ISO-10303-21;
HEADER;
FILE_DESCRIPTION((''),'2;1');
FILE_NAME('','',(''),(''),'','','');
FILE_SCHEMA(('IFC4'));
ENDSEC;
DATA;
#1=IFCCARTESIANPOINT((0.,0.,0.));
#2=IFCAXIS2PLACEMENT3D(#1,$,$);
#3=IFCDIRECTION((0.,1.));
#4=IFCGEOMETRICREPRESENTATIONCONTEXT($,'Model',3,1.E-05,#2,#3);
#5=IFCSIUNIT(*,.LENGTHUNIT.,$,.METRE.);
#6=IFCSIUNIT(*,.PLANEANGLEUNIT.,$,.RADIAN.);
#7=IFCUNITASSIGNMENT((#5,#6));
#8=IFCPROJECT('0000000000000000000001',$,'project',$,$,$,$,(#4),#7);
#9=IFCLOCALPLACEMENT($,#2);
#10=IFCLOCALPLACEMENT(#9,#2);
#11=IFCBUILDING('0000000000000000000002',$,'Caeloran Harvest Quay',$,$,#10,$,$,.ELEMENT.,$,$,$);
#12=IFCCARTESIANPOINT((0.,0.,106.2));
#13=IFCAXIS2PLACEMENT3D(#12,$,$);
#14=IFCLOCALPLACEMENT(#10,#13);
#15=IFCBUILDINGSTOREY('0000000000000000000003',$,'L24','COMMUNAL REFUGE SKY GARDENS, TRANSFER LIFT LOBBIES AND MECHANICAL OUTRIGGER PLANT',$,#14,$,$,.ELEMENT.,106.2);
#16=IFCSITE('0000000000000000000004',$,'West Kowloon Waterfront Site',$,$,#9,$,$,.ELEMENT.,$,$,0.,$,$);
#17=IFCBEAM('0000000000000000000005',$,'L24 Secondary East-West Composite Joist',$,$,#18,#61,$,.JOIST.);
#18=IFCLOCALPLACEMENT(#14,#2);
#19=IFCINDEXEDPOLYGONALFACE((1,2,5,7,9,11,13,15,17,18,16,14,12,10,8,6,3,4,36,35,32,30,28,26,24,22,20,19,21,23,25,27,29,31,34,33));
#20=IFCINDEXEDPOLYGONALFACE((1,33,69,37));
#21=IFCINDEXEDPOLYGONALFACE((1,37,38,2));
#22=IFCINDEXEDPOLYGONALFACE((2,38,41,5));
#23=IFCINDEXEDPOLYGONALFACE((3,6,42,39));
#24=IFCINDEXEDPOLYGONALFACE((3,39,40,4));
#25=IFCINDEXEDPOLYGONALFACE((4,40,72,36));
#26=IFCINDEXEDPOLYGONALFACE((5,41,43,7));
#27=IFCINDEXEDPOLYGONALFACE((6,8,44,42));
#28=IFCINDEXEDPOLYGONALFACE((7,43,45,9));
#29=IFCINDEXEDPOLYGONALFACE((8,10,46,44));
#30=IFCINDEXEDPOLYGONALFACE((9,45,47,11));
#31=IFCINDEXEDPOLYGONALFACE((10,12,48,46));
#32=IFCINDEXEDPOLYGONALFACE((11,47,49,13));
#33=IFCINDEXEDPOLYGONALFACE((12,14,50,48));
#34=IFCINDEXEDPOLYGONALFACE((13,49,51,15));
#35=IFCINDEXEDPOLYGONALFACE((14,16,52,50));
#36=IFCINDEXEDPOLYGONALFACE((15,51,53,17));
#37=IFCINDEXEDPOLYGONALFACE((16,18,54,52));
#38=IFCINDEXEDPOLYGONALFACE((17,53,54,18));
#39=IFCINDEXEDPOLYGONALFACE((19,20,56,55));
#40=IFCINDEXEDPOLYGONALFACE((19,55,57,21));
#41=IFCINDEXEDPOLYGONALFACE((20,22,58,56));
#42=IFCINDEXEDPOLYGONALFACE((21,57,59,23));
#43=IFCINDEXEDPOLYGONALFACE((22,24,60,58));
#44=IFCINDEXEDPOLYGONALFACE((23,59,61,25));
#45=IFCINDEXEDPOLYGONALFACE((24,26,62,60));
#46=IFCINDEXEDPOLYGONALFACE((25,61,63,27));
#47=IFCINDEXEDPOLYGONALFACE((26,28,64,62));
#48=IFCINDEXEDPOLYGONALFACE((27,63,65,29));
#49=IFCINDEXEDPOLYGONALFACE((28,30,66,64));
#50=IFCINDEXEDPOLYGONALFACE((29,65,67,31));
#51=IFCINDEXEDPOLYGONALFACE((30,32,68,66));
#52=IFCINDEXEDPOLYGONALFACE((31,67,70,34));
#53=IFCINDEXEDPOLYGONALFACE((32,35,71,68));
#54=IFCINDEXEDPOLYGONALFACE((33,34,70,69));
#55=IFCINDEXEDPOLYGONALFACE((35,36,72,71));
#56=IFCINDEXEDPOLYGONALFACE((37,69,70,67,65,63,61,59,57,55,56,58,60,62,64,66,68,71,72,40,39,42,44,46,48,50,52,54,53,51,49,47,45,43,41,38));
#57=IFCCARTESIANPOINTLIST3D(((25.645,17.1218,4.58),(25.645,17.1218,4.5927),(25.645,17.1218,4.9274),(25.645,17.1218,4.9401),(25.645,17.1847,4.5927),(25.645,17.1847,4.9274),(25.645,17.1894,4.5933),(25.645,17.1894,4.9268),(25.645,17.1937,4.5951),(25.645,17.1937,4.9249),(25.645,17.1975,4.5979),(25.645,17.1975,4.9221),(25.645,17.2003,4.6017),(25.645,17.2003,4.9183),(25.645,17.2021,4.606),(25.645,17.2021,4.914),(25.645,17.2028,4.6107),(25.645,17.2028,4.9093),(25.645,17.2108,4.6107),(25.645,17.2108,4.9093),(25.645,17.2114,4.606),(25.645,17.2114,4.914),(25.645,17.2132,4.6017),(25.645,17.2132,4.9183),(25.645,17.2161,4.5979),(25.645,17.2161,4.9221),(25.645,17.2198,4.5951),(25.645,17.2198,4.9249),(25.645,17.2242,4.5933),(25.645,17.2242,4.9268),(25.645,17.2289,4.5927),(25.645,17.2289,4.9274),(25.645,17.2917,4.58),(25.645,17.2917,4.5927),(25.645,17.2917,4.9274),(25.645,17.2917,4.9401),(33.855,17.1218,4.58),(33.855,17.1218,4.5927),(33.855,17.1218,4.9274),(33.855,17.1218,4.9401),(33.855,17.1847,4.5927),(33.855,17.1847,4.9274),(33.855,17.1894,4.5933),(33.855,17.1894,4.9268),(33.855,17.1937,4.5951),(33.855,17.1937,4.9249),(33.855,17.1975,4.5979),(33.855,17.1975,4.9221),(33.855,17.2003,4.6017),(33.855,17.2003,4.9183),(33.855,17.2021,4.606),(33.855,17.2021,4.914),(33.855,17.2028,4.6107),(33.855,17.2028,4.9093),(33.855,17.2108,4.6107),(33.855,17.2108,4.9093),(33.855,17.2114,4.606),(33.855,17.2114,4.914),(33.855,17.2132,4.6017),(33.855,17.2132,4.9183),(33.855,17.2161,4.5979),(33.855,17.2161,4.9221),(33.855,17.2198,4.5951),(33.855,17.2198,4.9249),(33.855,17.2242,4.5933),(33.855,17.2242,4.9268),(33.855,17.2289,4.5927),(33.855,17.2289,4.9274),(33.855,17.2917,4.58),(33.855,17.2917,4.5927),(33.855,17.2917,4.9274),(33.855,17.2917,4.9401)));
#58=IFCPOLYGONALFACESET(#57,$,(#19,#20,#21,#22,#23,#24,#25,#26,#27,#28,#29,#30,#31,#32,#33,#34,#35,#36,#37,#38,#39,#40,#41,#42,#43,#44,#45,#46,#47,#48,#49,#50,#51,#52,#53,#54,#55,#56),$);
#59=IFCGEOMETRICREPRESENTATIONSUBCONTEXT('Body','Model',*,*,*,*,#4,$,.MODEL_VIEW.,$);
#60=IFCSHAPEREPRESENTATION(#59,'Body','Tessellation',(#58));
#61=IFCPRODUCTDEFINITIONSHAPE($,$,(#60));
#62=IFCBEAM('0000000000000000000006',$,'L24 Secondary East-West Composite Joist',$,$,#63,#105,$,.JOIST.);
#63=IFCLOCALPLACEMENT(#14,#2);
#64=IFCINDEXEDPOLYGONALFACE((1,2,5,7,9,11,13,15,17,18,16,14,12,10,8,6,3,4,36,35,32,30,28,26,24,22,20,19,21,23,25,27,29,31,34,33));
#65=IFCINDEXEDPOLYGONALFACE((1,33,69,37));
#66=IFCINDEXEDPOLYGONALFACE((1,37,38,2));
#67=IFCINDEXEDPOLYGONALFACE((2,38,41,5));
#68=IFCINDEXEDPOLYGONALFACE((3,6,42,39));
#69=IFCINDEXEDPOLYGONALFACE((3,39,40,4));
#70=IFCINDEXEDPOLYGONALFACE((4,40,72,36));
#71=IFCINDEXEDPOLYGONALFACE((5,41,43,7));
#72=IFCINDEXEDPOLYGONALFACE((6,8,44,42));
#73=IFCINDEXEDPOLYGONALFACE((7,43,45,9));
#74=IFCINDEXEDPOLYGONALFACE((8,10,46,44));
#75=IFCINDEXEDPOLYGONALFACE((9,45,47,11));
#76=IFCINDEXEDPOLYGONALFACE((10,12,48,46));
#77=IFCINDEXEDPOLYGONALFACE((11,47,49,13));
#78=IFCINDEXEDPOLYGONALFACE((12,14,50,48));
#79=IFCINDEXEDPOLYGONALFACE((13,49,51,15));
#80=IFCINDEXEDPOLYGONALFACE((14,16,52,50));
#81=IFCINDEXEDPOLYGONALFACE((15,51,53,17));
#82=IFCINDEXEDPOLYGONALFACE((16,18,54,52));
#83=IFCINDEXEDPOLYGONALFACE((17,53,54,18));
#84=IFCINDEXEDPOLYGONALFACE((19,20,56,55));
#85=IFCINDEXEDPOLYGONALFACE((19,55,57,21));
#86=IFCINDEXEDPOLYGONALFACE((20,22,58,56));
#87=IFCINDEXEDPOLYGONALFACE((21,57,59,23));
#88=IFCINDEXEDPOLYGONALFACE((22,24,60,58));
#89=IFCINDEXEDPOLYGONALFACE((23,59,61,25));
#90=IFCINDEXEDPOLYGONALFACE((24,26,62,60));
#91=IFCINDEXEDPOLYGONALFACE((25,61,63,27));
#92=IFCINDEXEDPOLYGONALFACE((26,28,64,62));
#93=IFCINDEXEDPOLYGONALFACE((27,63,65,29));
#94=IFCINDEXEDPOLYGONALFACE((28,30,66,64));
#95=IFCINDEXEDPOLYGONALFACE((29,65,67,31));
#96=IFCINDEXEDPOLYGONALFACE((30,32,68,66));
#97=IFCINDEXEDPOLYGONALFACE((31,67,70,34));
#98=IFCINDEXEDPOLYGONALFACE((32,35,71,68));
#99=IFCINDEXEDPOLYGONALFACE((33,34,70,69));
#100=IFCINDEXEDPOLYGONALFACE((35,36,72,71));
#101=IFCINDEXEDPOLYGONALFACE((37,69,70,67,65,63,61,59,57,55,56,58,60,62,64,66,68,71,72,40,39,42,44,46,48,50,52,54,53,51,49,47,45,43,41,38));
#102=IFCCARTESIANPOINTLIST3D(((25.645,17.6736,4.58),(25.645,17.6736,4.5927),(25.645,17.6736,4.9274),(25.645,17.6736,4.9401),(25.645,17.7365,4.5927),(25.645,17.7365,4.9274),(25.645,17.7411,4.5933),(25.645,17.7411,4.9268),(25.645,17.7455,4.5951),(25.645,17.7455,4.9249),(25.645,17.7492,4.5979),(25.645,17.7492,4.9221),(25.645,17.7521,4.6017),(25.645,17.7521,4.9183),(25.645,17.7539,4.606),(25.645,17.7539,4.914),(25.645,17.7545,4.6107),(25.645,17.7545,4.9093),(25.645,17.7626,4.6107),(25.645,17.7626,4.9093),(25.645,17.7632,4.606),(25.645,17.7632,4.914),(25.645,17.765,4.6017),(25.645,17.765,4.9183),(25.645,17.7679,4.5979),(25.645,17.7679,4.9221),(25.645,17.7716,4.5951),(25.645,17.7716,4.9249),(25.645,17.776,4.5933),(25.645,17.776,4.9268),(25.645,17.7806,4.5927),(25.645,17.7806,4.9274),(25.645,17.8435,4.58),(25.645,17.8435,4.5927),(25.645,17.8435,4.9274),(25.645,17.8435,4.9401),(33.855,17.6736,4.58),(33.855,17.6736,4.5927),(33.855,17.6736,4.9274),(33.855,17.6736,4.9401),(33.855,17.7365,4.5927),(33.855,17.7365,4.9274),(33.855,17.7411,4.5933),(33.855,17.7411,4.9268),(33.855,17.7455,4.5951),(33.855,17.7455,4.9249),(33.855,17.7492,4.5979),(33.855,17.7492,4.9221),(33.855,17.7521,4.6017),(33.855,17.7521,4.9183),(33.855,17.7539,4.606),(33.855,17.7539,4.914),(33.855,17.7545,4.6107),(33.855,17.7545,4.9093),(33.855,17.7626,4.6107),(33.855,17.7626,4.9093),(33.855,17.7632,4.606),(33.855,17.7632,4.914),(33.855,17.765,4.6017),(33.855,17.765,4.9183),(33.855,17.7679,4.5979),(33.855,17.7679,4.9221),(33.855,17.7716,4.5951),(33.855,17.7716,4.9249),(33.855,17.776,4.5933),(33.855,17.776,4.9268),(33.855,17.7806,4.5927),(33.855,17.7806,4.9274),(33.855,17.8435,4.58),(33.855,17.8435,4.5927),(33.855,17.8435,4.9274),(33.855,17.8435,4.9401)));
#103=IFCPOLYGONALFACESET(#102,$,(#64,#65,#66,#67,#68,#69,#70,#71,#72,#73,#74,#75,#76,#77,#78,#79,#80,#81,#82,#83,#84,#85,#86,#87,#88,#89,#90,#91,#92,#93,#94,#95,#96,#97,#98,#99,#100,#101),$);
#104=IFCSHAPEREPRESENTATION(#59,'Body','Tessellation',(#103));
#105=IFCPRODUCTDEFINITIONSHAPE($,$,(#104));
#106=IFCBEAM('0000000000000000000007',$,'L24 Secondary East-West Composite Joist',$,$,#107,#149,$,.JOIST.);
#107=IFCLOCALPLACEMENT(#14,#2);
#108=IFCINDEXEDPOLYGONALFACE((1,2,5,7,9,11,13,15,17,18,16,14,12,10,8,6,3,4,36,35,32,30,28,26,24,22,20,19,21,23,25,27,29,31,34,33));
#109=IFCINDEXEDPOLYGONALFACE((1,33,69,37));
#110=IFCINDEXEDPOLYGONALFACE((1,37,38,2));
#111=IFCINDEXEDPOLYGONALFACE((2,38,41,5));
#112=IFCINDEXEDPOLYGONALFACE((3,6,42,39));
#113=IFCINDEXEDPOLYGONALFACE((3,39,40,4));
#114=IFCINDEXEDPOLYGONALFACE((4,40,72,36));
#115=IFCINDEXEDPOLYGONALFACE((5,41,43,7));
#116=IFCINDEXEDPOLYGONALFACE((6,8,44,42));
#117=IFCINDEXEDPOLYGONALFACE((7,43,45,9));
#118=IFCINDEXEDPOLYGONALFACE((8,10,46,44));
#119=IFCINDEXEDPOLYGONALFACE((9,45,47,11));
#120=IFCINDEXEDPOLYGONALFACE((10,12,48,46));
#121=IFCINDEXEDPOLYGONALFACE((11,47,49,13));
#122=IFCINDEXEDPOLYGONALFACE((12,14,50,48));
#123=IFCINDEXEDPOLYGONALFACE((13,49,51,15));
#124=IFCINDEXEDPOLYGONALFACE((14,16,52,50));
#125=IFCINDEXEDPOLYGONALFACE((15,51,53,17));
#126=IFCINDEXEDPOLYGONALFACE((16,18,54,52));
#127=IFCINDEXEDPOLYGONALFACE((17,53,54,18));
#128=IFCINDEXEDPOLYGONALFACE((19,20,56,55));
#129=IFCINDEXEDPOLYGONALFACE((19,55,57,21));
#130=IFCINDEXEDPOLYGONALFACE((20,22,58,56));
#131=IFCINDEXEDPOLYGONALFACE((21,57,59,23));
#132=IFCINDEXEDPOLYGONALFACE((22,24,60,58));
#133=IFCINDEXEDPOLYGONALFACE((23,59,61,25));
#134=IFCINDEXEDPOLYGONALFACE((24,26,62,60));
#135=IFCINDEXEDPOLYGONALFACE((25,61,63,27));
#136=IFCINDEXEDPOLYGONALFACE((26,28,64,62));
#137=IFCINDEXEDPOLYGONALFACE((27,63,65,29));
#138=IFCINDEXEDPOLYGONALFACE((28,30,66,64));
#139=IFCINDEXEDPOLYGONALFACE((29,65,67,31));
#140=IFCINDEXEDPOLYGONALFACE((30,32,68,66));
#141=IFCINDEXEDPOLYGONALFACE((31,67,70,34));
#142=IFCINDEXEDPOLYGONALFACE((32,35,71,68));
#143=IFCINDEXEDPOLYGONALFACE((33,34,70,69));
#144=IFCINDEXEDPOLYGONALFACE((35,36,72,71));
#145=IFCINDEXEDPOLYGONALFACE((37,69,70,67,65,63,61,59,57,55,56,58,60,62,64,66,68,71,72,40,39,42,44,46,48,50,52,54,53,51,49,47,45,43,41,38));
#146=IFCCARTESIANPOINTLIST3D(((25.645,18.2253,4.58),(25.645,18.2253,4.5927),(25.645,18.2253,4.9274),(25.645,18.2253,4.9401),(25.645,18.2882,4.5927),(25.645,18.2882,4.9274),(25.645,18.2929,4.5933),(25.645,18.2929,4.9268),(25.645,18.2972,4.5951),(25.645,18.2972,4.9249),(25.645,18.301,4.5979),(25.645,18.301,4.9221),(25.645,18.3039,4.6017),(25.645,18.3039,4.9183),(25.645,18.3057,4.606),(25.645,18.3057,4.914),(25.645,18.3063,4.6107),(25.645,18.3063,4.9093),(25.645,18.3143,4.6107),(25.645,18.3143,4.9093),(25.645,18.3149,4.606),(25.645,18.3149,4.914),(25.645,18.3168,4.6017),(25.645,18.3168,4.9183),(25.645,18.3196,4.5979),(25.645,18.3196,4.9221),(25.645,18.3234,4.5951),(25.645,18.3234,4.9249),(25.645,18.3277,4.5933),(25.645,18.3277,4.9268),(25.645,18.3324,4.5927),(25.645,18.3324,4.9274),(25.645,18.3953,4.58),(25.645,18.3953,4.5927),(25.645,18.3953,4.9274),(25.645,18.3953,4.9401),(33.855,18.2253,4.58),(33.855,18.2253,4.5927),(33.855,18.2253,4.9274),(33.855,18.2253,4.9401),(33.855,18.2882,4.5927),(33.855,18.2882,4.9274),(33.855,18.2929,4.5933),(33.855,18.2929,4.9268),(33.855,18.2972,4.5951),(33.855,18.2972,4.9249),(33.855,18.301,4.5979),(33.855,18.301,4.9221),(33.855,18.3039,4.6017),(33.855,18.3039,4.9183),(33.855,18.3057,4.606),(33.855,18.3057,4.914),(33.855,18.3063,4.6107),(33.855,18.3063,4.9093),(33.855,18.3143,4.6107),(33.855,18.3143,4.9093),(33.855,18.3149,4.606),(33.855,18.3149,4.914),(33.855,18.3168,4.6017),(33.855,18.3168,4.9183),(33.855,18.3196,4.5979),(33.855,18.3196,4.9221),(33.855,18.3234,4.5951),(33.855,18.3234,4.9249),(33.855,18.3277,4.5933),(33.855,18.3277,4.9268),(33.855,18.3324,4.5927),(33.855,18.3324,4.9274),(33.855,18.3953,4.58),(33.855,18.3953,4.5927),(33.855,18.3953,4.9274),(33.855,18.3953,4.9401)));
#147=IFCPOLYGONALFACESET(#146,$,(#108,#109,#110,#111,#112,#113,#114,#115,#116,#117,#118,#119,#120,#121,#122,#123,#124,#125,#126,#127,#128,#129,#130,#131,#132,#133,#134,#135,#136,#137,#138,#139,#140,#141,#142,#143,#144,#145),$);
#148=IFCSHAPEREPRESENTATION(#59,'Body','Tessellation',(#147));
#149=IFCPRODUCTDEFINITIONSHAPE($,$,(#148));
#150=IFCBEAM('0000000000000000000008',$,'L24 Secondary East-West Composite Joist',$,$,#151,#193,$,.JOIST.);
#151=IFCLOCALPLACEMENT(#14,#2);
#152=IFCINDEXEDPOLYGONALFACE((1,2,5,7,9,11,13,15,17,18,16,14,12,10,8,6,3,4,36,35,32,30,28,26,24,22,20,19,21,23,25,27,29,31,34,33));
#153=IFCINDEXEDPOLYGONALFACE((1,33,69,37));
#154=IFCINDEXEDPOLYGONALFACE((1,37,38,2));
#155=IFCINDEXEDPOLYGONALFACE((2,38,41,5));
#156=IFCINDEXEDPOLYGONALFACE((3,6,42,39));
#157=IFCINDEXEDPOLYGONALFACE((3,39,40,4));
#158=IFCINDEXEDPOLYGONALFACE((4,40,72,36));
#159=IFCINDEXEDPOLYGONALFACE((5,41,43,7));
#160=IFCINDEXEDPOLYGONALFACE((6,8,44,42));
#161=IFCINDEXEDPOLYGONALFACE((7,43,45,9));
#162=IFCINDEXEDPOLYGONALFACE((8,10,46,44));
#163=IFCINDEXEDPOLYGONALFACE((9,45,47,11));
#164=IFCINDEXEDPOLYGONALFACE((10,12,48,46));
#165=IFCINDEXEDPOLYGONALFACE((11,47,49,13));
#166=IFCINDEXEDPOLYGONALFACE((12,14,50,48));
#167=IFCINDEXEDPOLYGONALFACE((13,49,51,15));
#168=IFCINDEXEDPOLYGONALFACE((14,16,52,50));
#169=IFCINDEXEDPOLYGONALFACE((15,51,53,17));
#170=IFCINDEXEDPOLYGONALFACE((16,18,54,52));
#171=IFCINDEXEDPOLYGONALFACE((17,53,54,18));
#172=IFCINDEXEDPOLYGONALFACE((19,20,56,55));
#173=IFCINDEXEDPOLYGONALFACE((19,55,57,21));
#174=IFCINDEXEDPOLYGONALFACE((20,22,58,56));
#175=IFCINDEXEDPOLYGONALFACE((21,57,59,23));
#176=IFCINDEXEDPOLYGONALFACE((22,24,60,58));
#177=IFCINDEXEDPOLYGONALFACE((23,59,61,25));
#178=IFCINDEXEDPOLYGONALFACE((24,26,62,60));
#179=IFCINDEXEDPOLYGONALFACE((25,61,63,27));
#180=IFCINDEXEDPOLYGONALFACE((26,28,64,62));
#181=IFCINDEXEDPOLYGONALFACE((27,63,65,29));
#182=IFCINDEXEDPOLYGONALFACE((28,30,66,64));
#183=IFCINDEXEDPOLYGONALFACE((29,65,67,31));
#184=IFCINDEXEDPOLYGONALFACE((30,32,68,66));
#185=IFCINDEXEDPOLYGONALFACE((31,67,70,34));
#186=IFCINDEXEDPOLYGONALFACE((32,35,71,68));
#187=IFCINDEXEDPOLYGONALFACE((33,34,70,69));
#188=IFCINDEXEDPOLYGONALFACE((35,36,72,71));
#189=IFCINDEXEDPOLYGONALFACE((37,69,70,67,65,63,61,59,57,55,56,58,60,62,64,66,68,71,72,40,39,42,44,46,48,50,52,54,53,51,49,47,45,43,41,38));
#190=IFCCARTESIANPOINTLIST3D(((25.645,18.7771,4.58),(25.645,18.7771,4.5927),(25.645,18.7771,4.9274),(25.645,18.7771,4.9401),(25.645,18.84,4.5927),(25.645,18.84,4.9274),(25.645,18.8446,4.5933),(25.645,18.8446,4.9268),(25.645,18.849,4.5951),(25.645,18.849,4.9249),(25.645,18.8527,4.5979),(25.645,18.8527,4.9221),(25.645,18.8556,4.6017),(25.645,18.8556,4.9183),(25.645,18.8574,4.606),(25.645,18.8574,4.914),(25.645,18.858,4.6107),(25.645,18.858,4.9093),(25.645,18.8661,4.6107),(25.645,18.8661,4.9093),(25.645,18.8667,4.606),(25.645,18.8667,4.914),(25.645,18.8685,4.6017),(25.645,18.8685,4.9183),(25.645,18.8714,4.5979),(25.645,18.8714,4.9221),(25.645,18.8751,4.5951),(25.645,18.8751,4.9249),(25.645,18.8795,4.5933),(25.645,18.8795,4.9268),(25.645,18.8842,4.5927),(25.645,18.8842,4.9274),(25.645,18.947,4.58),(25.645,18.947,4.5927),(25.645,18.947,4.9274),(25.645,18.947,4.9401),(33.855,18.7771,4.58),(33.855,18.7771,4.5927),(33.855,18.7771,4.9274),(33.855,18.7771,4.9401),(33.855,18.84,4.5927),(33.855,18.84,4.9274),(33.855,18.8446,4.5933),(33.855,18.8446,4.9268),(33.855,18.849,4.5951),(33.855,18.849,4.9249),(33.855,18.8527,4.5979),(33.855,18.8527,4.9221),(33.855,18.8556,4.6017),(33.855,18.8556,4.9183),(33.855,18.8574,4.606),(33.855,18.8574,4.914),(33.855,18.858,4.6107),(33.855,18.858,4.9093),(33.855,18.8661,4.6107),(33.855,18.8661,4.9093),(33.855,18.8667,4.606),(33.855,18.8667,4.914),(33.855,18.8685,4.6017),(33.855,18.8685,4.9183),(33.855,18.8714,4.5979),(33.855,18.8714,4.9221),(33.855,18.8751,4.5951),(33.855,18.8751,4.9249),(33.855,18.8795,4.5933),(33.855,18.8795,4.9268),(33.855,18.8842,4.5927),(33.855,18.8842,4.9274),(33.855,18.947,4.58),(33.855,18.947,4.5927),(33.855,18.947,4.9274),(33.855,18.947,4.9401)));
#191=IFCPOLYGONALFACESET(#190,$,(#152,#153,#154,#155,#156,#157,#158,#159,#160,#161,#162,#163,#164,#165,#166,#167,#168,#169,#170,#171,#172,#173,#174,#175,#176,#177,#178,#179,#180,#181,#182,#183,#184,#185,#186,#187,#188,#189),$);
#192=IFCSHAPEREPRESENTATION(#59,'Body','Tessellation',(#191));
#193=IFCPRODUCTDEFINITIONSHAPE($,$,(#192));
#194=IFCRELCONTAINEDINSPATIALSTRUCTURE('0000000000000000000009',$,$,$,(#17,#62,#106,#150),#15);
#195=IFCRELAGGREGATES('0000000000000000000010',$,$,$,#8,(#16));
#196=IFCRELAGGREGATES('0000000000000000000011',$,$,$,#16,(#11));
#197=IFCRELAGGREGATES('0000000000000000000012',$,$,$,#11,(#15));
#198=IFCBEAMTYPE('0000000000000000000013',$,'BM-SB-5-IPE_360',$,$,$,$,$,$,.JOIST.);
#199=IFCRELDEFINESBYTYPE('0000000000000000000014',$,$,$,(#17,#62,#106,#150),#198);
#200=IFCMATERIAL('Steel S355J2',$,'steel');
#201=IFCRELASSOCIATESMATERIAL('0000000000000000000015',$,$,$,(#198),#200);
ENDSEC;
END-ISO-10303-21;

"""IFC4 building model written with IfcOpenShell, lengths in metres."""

from ifc_helpers import new_model, si_unit, direction, frame, origin, origin_2d, place, context, subcontext, project, spatial, i_section, extrude, material, material_profile, profile_set, type_object, element, save


model = new_model("IFC4")

# Units and contexts
model_context = context("Model", 3, precision=1e-05, world=origin(), true_north=direction((0.0, 1.0)))
body_context = subcontext(model_context, "Body", "Model", "MODEL_VIEW")
ifc_project = project(units=[si_unit("LENGTHUNIT", "METRE"), si_unit("PLANEANGLEUNIT", "RADIAN")], contexts=[model_context])

# Site, building, storey
site_placement = place(None, origin())
site = spatial("IfcSite", under=ifc_project, at=site_placement, Name="West Kowloon Waterfront Site", CompositionType="ELEMENT", RefElevation=0.0)
building_placement = place(site_placement, origin())
building = spatial("IfcBuilding", under=site, at=building_placement, Name="Caeloran Harvest Quay", CompositionType="ELEMENT")
storey_placement = place(building_placement, frame((0.0, 0.0, 106.2)))
storey = spatial("IfcBuildingStorey", under=building, at=storey_placement, Name="L24", Description="COMMUNAL REFUGE SKY GARDENS, TRANSFER LIFT LOBBIES AND MECHANICAL OUTRIGGER PLANT", CompositionType="ELEMENT", Elevation=106.2)

# Beams
ifc_material_1 = material(Name="Steel S355J2", Category="steel")
ifc_material_profile_1 = material_profile(ifc_material_1, i_section(OverallWidth=0.1699, OverallDepth=0.3601, WebThickness=0.0081, FlangeThickness=0.0127, FilletRadius=0.0181, at=origin_2d()), Name="IPE 360")
ifc_profile_set_1 = profile_set([ifc_material_profile_1], Name="Steel S355J2")
beam_type_1 = type_object("IfcBeamType", Name="BM-SB-5-IPE_360", PredefinedType="JOIST", material=ifc_profile_set_1)
for number, where, z_axis, x_axis, name in (
    (1, (25.645, 17.2068, 4.76), (1.0, 0.0, 0.0), (0.0, 1.0, 0.0), "L24 Secondary East-West Composite Joist"),
    (2, (25.645, 17.7585, 4.76), (1.0, 0.0, 0.0), (0.0, 1.0, 0.0), "L24 Secondary East-West Composite Joist"),
    (3, (25.645, 18.3103, 4.76), (1.0, 0.0, 0.0), (0.0, 1.0, 0.0), "L24 Secondary East-West Composite Joist"),
    (4, (25.645, 18.8621, 4.76), (1.0, 0.0, 0.0), (0.0, 1.0, 0.0), "L24 Secondary East-West Composite Joist"),
):
    element("IfcBeam", number, at=place(storey_placement, frame(where, z_axis=z_axis, x_axis=x_axis)), inside=storey, type_object=beam_type_1, Name=name, PredefinedType="JOIST", context=body_context, shape_type="SweptSolid", body=[
        extrude(i_section(OverallWidth=0.1699, OverallDepth=0.3601, WebThickness=0.0081, FlangeThickness=0.0127, FilletRadius=0.0181, at=origin_2d()), origin(), (0.0, 0.0, 1.0), 8.21),
    ])

save(model, "model.ifc")
